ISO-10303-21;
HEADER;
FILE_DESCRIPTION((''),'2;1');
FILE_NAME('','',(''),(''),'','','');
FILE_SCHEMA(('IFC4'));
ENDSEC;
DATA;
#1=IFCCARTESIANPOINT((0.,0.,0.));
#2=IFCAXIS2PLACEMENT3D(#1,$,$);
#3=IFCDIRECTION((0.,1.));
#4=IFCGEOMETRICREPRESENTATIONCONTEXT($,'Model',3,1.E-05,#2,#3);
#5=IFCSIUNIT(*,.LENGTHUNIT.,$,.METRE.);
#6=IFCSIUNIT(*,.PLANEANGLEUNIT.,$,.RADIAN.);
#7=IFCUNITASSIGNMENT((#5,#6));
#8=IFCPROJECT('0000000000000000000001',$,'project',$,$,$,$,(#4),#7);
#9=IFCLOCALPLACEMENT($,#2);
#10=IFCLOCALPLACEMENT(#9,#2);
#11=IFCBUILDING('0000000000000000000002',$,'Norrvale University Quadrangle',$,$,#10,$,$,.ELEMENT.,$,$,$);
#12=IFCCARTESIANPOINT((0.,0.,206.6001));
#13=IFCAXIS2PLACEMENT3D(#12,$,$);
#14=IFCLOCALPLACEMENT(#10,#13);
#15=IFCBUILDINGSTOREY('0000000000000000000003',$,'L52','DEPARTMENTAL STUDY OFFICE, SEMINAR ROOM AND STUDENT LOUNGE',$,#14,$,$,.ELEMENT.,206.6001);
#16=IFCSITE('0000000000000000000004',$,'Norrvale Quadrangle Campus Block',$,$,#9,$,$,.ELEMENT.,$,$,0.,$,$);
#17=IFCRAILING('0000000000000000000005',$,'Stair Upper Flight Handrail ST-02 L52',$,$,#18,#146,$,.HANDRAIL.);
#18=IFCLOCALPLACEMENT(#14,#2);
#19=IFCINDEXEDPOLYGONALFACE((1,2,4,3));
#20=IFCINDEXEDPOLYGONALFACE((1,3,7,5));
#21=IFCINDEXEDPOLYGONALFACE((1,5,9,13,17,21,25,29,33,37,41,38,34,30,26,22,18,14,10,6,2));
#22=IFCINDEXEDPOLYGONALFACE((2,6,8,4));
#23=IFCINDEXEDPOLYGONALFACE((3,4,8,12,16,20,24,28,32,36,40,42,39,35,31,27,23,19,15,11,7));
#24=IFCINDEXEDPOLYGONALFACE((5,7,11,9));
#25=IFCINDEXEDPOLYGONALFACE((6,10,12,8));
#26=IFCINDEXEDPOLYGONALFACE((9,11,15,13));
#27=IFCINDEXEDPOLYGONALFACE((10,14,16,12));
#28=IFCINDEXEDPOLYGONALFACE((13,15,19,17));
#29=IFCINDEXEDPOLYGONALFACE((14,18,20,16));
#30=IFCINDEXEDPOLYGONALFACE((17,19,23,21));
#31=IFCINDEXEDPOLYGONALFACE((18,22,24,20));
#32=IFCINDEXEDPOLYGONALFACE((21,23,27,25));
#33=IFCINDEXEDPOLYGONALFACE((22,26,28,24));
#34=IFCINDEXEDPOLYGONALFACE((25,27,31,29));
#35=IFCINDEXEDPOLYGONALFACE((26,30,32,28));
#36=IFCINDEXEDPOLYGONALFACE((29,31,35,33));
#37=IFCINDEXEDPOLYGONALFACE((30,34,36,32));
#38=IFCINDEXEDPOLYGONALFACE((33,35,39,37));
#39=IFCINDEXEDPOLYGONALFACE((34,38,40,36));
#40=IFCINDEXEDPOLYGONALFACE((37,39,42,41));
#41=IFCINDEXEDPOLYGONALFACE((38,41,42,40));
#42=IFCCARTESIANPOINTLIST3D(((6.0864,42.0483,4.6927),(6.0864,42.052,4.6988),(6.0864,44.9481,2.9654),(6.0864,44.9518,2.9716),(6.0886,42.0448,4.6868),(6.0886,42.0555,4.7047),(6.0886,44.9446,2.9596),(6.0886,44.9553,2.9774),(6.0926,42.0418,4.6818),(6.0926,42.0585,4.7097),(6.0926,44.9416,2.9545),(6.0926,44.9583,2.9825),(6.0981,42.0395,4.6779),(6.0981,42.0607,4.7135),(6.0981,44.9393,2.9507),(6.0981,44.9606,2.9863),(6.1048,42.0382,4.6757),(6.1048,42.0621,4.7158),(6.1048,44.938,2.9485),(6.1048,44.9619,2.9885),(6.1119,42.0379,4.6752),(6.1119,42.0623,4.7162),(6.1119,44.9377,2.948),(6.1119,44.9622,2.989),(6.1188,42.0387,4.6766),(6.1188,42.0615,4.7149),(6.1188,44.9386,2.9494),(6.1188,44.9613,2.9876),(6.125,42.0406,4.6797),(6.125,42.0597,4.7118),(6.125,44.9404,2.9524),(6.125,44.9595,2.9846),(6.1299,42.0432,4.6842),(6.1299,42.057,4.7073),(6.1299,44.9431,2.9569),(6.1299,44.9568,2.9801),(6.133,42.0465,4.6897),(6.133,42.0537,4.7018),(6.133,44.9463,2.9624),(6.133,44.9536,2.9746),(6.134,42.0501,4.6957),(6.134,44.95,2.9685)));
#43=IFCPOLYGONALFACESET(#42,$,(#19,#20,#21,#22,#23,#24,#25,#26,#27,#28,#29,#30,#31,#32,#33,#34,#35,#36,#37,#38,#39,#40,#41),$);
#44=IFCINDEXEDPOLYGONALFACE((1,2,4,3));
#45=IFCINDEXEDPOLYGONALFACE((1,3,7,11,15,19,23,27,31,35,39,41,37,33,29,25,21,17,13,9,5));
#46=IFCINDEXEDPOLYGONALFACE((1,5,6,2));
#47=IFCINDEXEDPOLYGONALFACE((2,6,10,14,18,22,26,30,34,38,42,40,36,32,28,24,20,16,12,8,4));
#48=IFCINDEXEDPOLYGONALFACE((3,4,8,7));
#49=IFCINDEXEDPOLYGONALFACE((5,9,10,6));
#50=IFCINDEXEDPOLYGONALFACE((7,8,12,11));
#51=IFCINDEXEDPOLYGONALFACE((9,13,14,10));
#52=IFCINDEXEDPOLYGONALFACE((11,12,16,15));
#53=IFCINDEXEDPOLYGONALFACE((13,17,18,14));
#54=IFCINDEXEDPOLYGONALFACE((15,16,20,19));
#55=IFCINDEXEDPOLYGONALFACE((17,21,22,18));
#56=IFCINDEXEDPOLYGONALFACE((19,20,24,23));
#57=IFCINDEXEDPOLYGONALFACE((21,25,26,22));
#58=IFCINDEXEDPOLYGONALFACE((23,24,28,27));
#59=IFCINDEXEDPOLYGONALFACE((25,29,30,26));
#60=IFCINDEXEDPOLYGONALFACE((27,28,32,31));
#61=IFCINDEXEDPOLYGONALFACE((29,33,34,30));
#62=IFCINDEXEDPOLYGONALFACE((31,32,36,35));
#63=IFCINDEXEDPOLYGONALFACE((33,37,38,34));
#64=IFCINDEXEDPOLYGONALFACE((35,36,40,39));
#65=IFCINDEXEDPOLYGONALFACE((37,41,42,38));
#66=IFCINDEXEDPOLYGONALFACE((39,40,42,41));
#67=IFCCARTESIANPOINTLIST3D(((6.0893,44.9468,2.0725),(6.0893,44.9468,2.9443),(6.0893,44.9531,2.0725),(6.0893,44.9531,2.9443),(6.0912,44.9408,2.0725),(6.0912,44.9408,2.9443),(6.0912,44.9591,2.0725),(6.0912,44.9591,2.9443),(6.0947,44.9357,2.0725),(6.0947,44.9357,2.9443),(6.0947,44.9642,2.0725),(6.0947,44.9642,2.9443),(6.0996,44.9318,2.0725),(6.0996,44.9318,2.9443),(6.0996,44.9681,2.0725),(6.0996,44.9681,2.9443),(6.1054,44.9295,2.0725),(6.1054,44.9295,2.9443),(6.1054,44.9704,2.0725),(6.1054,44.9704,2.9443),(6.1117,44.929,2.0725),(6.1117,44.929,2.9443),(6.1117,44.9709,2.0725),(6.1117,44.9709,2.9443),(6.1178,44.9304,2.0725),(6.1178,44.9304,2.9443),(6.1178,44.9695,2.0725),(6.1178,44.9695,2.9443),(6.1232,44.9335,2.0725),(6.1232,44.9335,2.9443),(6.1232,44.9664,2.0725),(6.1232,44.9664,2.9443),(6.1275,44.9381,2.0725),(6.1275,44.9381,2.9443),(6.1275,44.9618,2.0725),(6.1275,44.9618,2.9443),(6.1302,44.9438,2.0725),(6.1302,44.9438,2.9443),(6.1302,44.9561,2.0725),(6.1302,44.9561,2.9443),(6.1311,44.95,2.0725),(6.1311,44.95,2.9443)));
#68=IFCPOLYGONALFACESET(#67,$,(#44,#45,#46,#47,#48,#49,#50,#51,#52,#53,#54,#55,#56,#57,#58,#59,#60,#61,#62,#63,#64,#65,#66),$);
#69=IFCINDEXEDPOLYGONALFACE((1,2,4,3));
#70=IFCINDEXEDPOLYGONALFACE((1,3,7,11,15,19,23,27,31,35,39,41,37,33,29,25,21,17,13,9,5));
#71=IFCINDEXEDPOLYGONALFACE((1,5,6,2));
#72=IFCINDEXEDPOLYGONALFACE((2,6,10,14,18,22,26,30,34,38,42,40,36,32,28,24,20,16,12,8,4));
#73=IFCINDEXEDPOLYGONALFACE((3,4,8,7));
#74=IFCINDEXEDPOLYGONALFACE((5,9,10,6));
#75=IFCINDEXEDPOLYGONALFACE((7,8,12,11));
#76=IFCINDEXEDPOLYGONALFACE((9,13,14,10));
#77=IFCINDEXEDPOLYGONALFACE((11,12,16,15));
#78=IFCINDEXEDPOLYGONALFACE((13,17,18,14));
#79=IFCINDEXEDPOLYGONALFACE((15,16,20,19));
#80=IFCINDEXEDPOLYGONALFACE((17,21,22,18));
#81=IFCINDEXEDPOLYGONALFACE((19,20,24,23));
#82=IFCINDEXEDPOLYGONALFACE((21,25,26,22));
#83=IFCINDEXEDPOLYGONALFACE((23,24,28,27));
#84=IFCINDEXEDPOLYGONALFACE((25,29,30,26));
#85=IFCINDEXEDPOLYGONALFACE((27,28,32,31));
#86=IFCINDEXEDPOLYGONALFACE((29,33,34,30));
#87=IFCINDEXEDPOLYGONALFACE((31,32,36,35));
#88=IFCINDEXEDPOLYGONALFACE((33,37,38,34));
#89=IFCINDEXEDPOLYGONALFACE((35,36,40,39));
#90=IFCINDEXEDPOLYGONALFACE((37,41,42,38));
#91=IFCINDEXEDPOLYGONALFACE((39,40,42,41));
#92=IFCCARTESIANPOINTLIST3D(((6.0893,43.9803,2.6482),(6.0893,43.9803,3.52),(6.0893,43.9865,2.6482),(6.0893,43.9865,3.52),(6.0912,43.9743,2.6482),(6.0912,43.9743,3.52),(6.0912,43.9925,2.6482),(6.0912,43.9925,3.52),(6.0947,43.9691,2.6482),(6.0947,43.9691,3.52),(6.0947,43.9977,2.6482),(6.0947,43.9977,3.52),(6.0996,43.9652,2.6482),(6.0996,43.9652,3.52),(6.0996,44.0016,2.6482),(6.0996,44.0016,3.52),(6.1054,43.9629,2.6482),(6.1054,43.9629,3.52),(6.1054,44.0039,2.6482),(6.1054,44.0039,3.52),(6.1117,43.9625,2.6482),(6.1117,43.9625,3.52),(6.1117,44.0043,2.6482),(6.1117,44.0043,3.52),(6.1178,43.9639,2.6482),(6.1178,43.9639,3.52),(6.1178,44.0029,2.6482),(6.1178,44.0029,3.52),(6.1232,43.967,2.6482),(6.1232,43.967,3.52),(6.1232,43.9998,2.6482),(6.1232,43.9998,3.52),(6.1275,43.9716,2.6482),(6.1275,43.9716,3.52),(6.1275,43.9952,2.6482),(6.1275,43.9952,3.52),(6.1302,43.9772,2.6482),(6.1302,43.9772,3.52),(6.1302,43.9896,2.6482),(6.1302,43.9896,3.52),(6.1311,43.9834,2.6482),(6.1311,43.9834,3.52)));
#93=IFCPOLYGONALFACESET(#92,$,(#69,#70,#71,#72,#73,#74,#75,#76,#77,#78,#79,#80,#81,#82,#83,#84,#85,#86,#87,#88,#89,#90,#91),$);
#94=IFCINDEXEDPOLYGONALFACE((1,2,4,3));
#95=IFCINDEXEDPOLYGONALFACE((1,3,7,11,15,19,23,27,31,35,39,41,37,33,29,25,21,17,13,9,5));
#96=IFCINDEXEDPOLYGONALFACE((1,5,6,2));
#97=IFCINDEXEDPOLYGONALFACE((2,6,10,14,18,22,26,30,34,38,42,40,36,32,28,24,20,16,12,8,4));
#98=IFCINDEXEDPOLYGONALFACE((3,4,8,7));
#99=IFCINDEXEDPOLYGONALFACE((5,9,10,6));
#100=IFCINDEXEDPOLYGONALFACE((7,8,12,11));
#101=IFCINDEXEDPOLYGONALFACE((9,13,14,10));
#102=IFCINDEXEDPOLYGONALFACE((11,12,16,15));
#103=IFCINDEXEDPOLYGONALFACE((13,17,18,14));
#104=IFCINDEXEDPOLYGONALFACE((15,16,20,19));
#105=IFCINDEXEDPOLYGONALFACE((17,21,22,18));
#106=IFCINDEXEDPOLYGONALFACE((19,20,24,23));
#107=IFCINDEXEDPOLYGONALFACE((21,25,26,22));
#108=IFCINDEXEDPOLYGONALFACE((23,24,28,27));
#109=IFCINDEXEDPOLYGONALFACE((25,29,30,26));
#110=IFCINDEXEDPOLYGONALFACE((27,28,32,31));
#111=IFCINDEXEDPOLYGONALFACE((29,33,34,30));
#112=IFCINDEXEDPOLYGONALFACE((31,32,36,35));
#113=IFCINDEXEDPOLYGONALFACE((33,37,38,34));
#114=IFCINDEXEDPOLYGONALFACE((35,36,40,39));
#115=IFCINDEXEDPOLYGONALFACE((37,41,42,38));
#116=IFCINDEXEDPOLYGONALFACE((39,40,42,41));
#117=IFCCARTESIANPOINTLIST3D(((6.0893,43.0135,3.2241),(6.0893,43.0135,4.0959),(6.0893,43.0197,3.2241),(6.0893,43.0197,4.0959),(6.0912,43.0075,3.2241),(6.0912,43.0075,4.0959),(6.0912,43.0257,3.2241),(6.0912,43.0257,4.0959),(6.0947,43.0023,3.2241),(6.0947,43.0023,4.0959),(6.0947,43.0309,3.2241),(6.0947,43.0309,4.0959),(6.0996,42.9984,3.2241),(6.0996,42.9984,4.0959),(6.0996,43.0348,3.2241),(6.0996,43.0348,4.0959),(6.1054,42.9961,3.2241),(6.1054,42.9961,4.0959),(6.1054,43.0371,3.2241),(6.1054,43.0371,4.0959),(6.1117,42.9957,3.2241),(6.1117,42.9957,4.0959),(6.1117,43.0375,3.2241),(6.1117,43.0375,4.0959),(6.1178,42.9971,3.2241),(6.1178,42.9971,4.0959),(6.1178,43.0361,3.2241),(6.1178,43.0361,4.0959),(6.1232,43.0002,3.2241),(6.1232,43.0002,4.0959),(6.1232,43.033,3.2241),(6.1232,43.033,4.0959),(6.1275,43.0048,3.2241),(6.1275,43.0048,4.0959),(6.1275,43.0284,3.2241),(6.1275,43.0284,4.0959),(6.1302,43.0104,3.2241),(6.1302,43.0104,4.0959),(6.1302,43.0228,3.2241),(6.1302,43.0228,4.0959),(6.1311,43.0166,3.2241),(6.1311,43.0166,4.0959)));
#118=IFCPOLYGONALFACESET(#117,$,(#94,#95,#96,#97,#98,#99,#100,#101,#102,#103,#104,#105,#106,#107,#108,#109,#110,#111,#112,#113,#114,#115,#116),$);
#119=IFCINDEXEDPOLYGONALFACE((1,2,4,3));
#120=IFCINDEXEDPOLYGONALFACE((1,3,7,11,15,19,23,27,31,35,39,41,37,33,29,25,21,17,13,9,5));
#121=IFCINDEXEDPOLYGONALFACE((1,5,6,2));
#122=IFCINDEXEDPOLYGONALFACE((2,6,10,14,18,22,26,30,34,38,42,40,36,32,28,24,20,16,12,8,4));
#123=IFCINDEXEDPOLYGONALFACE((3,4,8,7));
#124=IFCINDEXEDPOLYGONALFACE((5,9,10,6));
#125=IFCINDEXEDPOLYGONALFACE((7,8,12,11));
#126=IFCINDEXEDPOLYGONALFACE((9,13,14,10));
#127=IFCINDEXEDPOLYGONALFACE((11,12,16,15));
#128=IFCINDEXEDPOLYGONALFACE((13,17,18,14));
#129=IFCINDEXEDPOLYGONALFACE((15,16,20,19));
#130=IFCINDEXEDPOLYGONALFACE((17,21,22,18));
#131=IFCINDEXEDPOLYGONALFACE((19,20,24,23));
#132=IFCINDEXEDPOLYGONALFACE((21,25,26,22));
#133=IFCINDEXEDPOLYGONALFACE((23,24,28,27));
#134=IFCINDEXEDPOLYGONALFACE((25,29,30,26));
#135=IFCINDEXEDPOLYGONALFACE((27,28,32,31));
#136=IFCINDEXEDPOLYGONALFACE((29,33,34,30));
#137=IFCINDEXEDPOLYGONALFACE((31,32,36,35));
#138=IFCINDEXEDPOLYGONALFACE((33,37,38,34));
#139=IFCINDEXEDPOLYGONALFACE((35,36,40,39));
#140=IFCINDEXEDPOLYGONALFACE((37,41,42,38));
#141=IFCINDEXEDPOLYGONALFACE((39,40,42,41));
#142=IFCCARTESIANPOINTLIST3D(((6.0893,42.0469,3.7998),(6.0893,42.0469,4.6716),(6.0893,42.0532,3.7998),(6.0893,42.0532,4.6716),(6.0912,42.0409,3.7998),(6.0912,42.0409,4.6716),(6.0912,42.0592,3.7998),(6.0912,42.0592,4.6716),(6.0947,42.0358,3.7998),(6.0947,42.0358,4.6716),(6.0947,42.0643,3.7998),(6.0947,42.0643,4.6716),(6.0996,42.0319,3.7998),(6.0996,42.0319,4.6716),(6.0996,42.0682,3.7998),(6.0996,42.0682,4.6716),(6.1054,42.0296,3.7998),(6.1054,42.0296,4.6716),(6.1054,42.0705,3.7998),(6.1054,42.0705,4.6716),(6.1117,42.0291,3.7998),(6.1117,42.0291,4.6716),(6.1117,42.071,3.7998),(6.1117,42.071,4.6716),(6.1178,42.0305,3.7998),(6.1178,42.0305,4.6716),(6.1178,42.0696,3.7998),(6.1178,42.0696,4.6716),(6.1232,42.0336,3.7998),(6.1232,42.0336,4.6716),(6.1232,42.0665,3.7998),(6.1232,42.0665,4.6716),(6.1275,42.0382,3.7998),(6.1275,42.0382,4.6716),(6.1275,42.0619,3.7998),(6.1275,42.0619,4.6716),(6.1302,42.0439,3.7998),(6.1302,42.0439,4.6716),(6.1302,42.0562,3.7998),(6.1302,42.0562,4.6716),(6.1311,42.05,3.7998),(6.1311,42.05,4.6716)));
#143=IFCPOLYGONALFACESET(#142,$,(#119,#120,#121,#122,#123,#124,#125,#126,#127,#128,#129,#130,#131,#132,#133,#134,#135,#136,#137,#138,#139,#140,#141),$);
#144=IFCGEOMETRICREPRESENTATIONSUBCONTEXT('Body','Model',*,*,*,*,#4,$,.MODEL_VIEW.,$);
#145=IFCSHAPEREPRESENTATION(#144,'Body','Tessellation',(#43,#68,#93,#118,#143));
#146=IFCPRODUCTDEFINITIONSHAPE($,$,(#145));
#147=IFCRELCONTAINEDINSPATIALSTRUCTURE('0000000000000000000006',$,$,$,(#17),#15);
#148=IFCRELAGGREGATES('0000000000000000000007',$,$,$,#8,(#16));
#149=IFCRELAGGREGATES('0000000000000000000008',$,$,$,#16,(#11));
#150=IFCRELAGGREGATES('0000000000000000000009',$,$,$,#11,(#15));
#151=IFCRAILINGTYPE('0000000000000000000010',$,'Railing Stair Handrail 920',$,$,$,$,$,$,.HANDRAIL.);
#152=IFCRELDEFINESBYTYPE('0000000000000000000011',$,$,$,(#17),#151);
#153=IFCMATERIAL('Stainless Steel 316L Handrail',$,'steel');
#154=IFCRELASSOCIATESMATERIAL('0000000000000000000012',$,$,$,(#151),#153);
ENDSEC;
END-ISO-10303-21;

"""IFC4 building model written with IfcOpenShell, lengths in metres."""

from ifc_helpers import new_model, si_unit, direction, frame, origin, origin_2d, place, context, subcontext, project, spatial, circle, extrude, material, type_object, element, save


model = new_model("IFC4")

# Units and contexts
model_context = context("Model", 3, precision=1e-05, world=origin(), true_north=direction((0.0, 1.0)))
body_context = subcontext(model_context, "Body", "Model", "MODEL_VIEW")
ifc_project = project(units=[si_unit("LENGTHUNIT", "METRE"), si_unit("PLANEANGLEUNIT", "RADIAN")], contexts=[model_context])

# Site, building, storey
site_placement = place(None, origin())
site = spatial("IfcSite", under=ifc_project, at=site_placement, Name="Norrvale Quadrangle Campus Block", CompositionType="ELEMENT", RefElevation=0.0)
building_placement = place(site_placement, origin())
building = spatial("IfcBuilding", under=site, at=building_placement, Name="Norrvale University Quadrangle", CompositionType="ELEMENT")
storey_placement = place(building_placement, frame((0.0, 0.0, 206.6001)))
storey = spatial("IfcBuildingStorey", under=building, at=storey_placement, Name="L52", Description="DEPARTMENTAL STUDY OFFICE, SEMINAR ROOM AND STUDENT LOUNGE", CompositionType="ELEMENT", Elevation=206.6001)

# Railing
ifc_material_1 = material(Name="Stainless Steel 316L Handrail", Category="steel")
railing_type_1 = type_object("IfcRailingType", Name="Railing Stair Handrail 920", PredefinedType="HANDRAIL", material=ifc_material_1)
railing_1_placement = place(storey_placement, frame((6.1101, 44.95, 2.0725)))
element("IfcRailing", 1, at=railing_1_placement, inside=storey, type_object=railing_type_1, Name="Stair Upper Flight Handrail ST-02 L52", PredefinedType="HANDRAIL", context=body_context, shape_type="SweptSolid", body=[
    extrude(circle(Radius=0.0239, at=origin_2d()), frame((0.0, 0.0, 0.896), z_axis=(0.0, -0.859141, 0.511738), x_axis=(1.0, 0.0, 0.0)), (0.0, 0.0, 1.0), 3.3752),
    extrude(circle(Radius=0.021, at=origin_2d()), origin(), (0.0, 0.0, 1.0), 0.8718),
    extrude(circle(Radius=0.021, at=origin_2d()), frame((0.0, -0.9666, 0.5757)), (0.0, 0.0, 1.0), 0.8718),
    extrude(circle(Radius=0.021, at=origin_2d()), frame((0.0, -1.9333, 1.1516)), (0.0, 0.0, 1.0), 0.8718),
    extrude(circle(Radius=0.021, at=origin_2d()), frame((0.0, -2.8999, 1.7273)), (0.0, 0.0, 1.0), 0.8718),
])

save(model, "model.ifc")
